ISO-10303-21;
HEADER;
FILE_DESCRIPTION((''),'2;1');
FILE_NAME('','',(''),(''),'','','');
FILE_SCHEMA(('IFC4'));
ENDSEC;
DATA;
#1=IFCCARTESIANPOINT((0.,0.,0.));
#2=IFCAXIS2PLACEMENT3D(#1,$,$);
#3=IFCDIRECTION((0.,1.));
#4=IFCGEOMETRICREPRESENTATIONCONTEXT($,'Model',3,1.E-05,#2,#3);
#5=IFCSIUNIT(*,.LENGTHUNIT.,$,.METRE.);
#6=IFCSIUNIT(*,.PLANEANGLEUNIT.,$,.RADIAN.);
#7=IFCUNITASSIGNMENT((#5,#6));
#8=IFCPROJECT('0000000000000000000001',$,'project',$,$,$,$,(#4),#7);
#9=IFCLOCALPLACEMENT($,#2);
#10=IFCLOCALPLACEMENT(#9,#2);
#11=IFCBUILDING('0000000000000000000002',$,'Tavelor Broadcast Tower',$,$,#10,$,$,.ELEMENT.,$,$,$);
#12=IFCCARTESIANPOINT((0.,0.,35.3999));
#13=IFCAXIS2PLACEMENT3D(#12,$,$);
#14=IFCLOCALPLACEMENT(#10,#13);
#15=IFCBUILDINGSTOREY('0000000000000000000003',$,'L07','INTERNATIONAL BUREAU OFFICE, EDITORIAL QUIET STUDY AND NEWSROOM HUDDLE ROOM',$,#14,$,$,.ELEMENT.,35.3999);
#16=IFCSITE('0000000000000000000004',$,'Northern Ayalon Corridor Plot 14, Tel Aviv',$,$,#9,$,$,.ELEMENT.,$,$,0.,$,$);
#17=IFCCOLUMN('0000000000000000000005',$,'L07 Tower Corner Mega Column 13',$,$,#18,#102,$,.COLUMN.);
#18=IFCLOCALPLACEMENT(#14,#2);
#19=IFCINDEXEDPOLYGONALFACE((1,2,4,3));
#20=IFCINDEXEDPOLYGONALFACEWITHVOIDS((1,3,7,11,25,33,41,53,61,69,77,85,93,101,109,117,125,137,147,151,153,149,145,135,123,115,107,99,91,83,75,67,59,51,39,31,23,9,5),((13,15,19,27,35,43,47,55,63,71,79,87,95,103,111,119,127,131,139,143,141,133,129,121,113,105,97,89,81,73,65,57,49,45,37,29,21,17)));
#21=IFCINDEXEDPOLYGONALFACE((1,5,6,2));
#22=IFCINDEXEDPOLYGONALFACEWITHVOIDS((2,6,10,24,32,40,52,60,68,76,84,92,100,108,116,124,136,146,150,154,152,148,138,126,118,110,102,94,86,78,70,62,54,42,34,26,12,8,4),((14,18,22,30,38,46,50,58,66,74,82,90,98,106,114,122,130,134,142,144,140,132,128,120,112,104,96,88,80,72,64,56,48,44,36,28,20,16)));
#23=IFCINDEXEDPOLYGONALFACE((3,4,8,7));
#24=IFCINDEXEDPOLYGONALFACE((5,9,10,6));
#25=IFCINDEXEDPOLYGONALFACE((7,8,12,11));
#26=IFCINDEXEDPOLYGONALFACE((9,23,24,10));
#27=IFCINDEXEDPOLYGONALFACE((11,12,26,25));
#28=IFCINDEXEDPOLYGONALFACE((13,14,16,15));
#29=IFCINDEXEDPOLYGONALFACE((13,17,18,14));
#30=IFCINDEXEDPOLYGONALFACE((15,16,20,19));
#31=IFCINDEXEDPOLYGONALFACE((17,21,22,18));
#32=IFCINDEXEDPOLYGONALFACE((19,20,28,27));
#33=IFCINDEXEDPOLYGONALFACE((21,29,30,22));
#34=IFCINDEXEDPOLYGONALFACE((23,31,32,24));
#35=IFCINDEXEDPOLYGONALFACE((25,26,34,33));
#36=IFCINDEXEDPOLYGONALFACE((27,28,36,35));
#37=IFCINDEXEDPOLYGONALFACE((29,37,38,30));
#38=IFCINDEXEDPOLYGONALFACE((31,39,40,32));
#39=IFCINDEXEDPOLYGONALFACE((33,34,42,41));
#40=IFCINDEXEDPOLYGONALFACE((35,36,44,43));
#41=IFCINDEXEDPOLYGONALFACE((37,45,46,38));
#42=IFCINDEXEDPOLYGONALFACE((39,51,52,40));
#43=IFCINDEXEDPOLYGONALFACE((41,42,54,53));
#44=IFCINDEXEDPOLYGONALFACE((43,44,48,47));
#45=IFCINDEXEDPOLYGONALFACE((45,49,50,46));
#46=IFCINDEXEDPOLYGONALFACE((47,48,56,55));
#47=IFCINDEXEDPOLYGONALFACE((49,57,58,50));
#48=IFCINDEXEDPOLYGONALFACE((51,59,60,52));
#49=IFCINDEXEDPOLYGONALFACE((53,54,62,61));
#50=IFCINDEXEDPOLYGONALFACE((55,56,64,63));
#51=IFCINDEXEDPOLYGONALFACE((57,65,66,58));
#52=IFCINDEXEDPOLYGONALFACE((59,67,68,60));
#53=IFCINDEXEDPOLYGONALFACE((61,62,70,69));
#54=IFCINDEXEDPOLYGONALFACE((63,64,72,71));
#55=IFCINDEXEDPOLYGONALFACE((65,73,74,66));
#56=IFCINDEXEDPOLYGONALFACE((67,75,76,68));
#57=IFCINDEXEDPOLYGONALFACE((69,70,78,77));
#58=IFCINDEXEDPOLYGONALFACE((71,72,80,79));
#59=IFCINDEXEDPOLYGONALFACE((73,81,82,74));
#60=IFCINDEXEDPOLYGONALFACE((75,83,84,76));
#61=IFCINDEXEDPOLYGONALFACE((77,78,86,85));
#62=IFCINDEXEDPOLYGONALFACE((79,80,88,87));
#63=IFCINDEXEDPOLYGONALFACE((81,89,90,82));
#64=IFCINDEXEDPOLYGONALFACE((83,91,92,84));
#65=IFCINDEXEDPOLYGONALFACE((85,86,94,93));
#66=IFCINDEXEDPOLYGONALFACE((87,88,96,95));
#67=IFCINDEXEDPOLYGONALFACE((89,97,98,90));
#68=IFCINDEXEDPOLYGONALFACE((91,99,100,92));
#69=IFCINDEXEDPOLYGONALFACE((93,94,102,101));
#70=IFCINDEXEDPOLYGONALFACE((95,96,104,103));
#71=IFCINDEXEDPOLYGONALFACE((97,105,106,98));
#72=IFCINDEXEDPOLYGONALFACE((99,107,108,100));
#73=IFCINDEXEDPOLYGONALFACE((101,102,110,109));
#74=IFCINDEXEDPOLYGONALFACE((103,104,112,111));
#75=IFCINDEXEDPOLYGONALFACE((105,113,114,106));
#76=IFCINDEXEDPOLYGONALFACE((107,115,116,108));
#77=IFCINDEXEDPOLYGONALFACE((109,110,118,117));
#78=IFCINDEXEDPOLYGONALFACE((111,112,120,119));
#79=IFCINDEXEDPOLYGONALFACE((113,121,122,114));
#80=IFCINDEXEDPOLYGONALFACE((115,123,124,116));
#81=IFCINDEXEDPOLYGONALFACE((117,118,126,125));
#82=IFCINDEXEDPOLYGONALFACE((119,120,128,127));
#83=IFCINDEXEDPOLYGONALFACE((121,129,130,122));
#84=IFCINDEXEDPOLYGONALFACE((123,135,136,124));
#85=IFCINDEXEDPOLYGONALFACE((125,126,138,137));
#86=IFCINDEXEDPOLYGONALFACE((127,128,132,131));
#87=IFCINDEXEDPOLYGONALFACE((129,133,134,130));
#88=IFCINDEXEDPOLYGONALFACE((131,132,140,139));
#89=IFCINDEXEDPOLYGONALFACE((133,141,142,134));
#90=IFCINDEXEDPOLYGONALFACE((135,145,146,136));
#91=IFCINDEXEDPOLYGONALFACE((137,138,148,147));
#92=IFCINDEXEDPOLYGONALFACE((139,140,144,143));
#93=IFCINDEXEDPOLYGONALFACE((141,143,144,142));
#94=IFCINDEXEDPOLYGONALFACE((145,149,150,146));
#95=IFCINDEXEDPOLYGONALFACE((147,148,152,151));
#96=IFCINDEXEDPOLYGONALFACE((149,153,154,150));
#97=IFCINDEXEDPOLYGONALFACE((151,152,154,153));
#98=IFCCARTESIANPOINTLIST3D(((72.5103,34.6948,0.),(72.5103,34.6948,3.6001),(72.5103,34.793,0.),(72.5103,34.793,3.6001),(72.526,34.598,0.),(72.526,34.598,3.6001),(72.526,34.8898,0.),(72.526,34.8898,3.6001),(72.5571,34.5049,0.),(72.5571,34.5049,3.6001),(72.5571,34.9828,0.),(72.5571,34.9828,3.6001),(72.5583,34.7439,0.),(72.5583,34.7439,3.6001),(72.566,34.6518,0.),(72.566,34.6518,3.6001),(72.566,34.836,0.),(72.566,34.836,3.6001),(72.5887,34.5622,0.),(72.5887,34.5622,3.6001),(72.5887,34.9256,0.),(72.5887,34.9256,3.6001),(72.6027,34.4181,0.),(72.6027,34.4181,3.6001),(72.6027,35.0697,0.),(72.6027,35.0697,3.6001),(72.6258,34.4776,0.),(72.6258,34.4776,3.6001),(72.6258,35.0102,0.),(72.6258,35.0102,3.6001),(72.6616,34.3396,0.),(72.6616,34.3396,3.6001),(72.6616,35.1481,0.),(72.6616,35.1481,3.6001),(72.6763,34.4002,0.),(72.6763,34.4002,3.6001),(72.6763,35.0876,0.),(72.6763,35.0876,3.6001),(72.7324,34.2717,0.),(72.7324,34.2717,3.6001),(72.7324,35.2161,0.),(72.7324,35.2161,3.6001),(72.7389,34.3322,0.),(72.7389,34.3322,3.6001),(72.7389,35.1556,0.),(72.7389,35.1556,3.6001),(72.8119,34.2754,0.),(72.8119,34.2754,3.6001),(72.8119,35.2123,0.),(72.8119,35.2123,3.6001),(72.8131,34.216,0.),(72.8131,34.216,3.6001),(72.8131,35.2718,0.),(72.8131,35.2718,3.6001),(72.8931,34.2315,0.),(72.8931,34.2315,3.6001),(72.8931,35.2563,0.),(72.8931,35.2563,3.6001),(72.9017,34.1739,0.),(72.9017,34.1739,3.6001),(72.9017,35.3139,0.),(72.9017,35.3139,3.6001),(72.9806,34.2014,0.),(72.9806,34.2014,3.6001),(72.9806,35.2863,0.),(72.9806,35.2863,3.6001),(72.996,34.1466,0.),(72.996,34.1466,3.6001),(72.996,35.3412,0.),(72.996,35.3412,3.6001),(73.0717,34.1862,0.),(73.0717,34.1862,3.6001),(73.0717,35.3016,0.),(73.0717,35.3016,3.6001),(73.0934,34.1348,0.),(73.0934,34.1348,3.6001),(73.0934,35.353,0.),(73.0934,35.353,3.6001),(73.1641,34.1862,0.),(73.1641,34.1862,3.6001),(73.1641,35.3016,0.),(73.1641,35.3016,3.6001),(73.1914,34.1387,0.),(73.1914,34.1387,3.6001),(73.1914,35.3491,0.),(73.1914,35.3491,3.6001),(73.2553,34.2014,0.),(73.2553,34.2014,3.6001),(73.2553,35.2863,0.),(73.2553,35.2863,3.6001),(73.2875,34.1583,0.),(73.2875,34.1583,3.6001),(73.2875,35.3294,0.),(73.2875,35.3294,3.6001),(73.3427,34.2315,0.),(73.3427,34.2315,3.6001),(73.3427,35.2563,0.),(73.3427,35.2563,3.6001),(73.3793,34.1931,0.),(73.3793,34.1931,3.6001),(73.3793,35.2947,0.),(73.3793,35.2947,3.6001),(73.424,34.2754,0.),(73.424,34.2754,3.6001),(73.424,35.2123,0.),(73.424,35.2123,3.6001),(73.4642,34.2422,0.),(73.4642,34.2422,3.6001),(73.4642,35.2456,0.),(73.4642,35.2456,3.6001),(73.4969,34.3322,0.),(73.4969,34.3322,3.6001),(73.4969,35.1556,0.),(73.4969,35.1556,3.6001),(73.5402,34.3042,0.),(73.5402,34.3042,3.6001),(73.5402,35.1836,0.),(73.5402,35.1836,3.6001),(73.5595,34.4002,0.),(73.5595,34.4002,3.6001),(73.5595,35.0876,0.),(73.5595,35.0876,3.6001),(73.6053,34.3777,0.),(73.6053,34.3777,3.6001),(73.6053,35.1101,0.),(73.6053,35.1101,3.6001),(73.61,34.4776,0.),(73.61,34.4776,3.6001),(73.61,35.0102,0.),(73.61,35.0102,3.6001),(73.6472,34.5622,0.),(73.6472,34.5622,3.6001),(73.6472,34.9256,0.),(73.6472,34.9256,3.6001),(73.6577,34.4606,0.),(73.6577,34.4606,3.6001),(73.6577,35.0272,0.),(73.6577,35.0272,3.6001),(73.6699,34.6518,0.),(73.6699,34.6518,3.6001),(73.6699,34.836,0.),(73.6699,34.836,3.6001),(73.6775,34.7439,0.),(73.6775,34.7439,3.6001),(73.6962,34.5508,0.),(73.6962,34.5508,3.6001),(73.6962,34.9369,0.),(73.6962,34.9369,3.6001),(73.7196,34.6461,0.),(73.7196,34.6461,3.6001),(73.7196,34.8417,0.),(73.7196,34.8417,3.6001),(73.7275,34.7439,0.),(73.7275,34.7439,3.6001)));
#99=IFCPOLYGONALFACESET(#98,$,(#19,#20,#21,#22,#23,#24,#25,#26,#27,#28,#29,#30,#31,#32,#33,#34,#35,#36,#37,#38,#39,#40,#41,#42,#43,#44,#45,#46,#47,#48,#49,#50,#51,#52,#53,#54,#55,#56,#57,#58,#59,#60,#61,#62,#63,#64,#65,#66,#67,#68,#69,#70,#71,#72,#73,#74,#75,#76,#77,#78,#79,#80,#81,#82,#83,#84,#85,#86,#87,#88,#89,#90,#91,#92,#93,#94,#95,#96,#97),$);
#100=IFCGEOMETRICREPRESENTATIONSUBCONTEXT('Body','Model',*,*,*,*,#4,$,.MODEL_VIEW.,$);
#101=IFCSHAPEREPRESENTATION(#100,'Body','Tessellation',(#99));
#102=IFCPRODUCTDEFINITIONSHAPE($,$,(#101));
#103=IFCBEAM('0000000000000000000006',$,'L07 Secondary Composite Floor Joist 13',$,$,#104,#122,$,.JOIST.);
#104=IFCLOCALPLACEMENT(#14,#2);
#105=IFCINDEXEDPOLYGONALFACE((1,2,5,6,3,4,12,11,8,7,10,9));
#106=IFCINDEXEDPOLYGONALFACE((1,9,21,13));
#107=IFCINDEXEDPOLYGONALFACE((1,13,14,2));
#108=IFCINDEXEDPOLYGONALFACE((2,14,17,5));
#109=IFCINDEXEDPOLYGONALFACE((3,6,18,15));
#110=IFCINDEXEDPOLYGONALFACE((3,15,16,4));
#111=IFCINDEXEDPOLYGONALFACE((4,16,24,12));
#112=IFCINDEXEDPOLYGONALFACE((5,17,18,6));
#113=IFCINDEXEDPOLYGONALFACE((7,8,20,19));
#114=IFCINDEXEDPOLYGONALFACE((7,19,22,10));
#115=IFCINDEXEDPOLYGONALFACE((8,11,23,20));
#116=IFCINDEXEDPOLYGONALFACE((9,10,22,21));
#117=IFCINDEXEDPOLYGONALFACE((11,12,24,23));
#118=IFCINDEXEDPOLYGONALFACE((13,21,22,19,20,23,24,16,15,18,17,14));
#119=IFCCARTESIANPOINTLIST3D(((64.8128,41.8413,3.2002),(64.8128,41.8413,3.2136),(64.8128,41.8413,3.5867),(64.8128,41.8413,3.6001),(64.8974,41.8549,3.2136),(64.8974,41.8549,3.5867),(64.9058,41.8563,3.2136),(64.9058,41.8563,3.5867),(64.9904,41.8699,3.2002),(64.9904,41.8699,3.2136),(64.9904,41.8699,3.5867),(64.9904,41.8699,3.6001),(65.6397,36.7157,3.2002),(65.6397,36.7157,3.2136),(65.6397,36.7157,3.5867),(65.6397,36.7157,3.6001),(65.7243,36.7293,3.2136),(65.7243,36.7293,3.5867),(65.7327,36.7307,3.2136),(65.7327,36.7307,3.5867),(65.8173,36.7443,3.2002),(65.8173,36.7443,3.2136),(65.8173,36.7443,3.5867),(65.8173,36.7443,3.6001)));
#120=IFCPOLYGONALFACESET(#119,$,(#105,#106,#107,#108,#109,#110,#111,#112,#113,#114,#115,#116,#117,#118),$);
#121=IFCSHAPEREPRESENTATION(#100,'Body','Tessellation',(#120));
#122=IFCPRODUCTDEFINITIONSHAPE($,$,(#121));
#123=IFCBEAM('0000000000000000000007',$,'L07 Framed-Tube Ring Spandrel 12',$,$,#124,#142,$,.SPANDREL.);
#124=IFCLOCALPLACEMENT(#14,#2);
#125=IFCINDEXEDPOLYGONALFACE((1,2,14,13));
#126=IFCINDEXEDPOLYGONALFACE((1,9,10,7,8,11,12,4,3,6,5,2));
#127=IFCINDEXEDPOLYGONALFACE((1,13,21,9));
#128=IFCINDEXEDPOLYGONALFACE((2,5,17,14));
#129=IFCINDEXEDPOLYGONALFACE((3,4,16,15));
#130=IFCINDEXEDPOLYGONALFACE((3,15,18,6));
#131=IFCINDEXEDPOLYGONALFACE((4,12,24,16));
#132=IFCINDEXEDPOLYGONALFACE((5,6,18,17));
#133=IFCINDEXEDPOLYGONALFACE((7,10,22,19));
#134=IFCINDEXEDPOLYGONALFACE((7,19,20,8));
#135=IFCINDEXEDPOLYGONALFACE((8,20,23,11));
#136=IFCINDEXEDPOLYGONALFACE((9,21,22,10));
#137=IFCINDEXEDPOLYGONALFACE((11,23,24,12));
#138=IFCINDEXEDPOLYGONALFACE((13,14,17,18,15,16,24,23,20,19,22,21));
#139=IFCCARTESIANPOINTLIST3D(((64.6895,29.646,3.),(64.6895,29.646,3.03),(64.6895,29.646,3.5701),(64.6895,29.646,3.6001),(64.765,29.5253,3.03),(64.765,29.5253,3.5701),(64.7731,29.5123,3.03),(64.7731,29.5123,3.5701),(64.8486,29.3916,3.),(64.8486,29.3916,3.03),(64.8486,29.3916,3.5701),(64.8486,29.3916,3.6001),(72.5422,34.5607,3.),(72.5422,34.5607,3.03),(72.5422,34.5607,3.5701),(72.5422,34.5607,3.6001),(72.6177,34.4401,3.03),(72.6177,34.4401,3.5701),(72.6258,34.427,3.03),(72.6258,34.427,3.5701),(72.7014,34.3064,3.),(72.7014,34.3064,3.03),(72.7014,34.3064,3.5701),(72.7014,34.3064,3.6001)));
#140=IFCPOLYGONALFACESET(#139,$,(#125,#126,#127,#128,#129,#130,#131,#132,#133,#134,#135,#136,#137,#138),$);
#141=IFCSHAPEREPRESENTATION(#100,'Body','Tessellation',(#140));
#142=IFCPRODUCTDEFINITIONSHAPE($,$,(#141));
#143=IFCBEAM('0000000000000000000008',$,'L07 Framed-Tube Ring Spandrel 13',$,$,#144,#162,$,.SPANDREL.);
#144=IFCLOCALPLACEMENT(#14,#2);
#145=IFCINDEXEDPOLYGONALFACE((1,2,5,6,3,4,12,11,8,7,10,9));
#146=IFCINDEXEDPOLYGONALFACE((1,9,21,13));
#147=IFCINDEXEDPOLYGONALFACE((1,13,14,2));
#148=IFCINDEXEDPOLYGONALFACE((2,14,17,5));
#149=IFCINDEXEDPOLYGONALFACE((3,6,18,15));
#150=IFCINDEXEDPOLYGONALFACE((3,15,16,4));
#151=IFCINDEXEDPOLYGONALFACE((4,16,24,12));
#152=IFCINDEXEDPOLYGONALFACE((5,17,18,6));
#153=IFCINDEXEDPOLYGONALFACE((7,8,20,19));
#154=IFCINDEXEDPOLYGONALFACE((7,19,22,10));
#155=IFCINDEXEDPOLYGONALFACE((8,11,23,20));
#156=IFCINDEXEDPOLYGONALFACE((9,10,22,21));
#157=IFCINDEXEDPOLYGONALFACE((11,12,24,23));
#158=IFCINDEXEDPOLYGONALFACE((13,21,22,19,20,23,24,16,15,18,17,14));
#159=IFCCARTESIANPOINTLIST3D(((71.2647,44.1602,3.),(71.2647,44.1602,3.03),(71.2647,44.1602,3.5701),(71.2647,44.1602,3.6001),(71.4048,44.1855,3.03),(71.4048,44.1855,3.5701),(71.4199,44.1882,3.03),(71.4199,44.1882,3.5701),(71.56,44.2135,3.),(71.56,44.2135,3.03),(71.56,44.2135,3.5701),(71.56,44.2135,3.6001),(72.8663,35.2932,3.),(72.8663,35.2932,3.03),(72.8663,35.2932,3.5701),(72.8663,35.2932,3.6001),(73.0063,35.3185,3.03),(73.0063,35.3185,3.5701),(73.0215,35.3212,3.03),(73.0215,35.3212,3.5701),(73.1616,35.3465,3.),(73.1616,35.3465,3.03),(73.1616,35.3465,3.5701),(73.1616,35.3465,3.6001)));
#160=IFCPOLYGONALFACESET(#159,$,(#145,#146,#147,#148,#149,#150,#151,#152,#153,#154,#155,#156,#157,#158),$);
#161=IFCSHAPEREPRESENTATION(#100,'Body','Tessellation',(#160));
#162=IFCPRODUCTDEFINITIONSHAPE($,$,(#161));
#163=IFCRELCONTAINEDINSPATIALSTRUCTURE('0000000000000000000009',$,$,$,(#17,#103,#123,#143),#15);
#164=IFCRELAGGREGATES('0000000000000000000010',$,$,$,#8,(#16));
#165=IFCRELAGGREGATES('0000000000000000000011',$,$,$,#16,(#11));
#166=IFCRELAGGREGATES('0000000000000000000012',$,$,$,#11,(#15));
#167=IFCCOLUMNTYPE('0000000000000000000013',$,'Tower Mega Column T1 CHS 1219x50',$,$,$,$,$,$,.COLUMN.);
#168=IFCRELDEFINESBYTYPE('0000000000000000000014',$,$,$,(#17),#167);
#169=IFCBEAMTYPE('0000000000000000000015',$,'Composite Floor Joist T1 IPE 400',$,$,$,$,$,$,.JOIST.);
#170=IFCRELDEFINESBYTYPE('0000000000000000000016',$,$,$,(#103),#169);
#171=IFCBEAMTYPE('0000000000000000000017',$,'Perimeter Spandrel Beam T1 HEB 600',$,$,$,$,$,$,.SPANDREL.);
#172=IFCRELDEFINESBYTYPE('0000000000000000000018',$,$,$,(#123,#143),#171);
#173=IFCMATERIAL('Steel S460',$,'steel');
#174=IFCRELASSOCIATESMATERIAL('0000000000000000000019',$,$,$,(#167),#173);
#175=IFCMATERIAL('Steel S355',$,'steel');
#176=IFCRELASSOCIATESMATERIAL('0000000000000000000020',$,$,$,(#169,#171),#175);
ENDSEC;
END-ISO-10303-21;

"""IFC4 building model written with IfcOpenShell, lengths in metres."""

from ifc_helpers import new_model, si_unit, direction, frame, origin, origin_2d, place, context, subcontext, project, spatial, hollow_circle, i_section, extrude, material, material_profile, profile_set, type_object, element, save


model = new_model("IFC4")

# Units and contexts
model_context = context("Model", 3, precision=1e-05, world=origin(), true_north=direction((0.0, 1.0)))
body_context = subcontext(model_context, "Body", "Model", "MODEL_VIEW")
ifc_project = project(units=[si_unit("LENGTHUNIT", "METRE"), si_unit("PLANEANGLEUNIT", "RADIAN")], contexts=[model_context])

# Site, building, storey
site_placement = place(None, origin())
site = spatial("IfcSite", under=ifc_project, at=site_placement, Name="Northern Ayalon Corridor Plot 14, Tel Aviv", CompositionType="ELEMENT", RefElevation=0.0)
building_placement = place(site_placement, origin())
building = spatial("IfcBuilding", under=site, at=building_placement, Name="Tavelor Broadcast Tower", CompositionType="ELEMENT")
storey_placement = place(building_placement, frame((0.0, 0.0, 35.3999)))
storey = spatial("IfcBuildingStorey", under=building, at=storey_placement, Name="L07", Description="INTERNATIONAL BUREAU OFFICE, EDITORIAL QUIET STUDY AND NEWSROOM HUDDLE ROOM", CompositionType="ELEMENT", Elevation=35.3999)

# Column
ifc_material_1 = material(Name="Steel S460", Category="steel")
ifc_material_profile_1 = material_profile(ifc_material_1, hollow_circle(Radius=0.6096, WallThickness=0.05, at=origin_2d()), Name="CHS 1219x50")
ifc_profile_set_1 = profile_set([ifc_material_profile_1], Name="Steel S460")
column_type = type_object("IfcColumnType", Name="Tower Mega Column T1 CHS 1219x50", PredefinedType="COLUMN", material=ifc_profile_set_1)
column_placement = place(storey_placement, frame((73.1179, 34.7439, 0.0), z_axis=(0.0, 0.0, 1.0), x_axis=(1.0, 0.0, 0.0)))
element("IfcColumn", 1, at=column_placement, inside=storey, type_object=column_type, Name="L07 Tower Corner Mega Column 13", PredefinedType="COLUMN", context=body_context, shape_type="SweptSolid", body=[
    extrude(hollow_circle(Radius=0.6096, WallThickness=0.05, at=origin_2d()), origin(), (0.0, 0.0, 1.0), 3.6001),
])

# Beams
ifc_material_2 = material(Name="Steel S355", Category="steel")
ifc_material_profile_2 = material_profile(ifc_material_2, i_section(OverallWidth=0.1799, OverallDepth=0.3999, WebThickness=0.0085, FlangeThickness=0.0134, at=origin_2d()), Name="IPE 400")
ifc_profile_set_2 = profile_set([ifc_material_profile_2], Name="Steel S355")
beam_type_1 = type_object("IfcBeamType", Name="Composite Floor Joist T1 IPE 400", PredefinedType="JOIST", material=ifc_profile_set_2)
beam_1_placement = place(storey_placement, frame((65.7285, 36.73, 3.4001), z_axis=(-0.159265, 0.987236, 0.0), x_axis=(-0.987236, -0.159265, 0.0)))
element("IfcBeam", 2, at=beam_1_placement, inside=storey, type_object=beam_type_1, Name="L07 Secondary Composite Floor Joist 13", PredefinedType="JOIST", context=body_context, shape_type="SweptSolid", body=[
    extrude(i_section(OverallWidth=0.1799, OverallDepth=0.3999, WebThickness=0.0085, FlangeThickness=0.0134, at=origin_2d()), origin(), (0.0, 0.0, 1.0), 5.1919),
])
ifc_material_profile_3 = material_profile(ifc_material_2, i_section(OverallWidth=0.3, OverallDepth=0.6001, WebThickness=0.0154, FlangeThickness=0.03, at=origin_2d()), Name="HEB 600")
ifc_profile_set_3 = profile_set([ifc_material_profile_3], Name="Steel S355")
beam_type_2 = type_object("IfcBeamType", Name="Perimeter Spandrel Beam T1 HEB 600", PredefinedType="SPANDREL", material=ifc_profile_set_3)
beam_2_placement = place(storey_placement, frame((64.769, 29.5188, 3.3), z_axis=(0.847668, 0.530527, 0.0), x_axis=(-0.530527, 0.847668, 0.0)))
element("IfcBeam", 3, at=beam_2_placement, inside=storey, type_object=beam_type_2, Name="L07 Framed-Tube Ring Spandrel 12", PredefinedType="SPANDREL", context=body_context, shape_type="SweptSolid", body=[
    extrude(i_section(OverallWidth=0.3, OverallDepth=0.6001, WebThickness=0.0154, FlangeThickness=0.03, at=origin_2d()), origin(), (0.0, 0.0, 1.0), 9.2639),
])
beam_3_placement = place(storey_placement, frame((73.0139, 35.3198, 3.3), z_axis=(-0.177746, 0.984076, 0.0), x_axis=(-0.984076, -0.177746, 0.0)))
element("IfcBeam", 4, at=beam_3_placement, inside=storey, type_object=beam_type_2, Name="L07 Framed-Tube Ring Spandrel 13", PredefinedType="SPANDREL", context=body_context, shape_type="SweptSolid", body=[
    extrude(i_section(OverallWidth=0.3, OverallDepth=0.6001, WebThickness=0.0154, FlangeThickness=0.03, at=origin_2d()), origin(), (0.0, 0.0, 1.0), 9.0105),
])

save(model, "model.ifc")
